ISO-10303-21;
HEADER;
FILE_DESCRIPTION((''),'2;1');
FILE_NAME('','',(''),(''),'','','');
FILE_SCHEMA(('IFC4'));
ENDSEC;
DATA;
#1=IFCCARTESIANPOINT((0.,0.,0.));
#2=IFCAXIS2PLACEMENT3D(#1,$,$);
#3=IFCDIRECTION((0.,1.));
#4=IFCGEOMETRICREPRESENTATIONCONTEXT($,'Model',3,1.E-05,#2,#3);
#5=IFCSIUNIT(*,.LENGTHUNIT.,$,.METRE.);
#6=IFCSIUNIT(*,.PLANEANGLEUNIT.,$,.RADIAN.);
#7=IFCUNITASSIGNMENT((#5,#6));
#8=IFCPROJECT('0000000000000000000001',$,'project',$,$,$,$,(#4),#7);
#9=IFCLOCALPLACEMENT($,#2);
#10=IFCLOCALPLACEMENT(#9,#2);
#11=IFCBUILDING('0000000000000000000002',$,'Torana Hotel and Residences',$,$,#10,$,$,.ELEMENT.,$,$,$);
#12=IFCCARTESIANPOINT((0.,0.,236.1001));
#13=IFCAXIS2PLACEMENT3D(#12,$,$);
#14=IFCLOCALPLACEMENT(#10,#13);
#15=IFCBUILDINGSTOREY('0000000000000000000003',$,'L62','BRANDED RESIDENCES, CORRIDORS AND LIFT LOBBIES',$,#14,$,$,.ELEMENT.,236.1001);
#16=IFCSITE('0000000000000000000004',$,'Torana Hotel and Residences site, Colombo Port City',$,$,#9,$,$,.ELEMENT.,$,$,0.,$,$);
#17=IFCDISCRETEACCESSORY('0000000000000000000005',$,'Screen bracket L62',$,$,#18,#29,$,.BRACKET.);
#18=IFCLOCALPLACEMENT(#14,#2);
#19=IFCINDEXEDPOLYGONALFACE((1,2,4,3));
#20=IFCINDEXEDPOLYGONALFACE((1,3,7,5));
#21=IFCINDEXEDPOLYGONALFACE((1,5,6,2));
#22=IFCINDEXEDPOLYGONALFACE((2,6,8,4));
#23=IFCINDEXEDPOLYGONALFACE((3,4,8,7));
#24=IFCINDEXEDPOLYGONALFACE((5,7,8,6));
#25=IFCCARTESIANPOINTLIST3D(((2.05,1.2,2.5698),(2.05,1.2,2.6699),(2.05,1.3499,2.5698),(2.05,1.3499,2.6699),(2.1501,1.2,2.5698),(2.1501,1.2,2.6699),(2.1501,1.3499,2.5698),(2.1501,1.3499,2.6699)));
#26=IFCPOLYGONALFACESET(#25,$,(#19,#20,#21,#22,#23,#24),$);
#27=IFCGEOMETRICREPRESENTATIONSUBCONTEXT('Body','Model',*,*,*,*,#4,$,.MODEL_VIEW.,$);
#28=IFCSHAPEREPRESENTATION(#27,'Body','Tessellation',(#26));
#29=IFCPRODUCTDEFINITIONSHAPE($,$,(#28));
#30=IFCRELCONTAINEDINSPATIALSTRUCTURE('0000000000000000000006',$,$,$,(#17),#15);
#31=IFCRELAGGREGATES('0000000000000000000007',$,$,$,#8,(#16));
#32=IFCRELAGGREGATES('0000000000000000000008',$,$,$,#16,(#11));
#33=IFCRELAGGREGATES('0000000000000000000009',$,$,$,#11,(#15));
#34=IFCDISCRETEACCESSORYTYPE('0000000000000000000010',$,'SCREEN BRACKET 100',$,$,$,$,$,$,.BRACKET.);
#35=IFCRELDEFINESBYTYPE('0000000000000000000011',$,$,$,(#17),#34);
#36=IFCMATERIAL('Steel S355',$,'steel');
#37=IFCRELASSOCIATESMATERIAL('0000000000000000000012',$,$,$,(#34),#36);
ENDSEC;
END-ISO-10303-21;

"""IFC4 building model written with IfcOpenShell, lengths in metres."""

from ifc_helpers import new_model, si_unit, direction, frame, origin, origin_2d, place, context, subcontext, project, spatial, rectangle, extrude, material, type_object, element, save


model = new_model("IFC4")

# Units and contexts
model_context = context("Model", 3, precision=1e-05, world=origin(), true_north=direction((0.0, 1.0)))
body_context = subcontext(model_context, "Body", "Model", "MODEL_VIEW")
ifc_project = project(units=[si_unit("LENGTHUNIT", "METRE"), si_unit("PLANEANGLEUNIT", "RADIAN")], contexts=[model_context])

# Site, building, storey
site_placement = place(None, origin())
site = spatial("IfcSite", under=ifc_project, at=site_placement, Name="Torana Hotel and Residences site, Colombo Port City", CompositionType="ELEMENT", RefElevation=0.0)
building_placement = place(site_placement, origin())
building = spatial("IfcBuilding", under=site, at=building_placement, Name="Torana Hotel and Residences", CompositionType="ELEMENT")
storey_placement = place(building_placement, frame((0.0, 0.0, 236.1001)))
storey = spatial("IfcBuildingStorey", under=building, at=storey_placement, Name="L62", Description="BRANDED RESIDENCES, CORRIDORS AND LIFT LOBBIES", CompositionType="ELEMENT", Elevation=236.1001)

# Discrete accessory
ifc_material_1 = material(Name="Steel S355", Category="steel")
discrete_accessory_type = type_object("IfcDiscreteAccessoryType", Name="SCREEN BRACKET 100", PredefinedType="BRACKET", material=ifc_material_1)
for number, where, z_axis, x_axis, name in (
    (1, (2.1001, 1.2749, 2.5698), (0.0, 0.0, 1.0), (-1.0, 0.0, 0.0), "Screen bracket L62"),
):
    element("IfcDiscreteAccessory", number, at=place(storey_placement, frame(where, z_axis=z_axis, x_axis=x_axis)), inside=storey, type_object=discrete_accessory_type, Name=name, PredefinedType="BRACKET", context=body_context, shape_type="SweptSolid", body=[
        extrude(rectangle(XDim=0.1001, YDim=0.1499, at=origin_2d()), origin(), (0.0, 0.0, 1.0), 0.1001),
    ])

save(model, "model.ifc")
